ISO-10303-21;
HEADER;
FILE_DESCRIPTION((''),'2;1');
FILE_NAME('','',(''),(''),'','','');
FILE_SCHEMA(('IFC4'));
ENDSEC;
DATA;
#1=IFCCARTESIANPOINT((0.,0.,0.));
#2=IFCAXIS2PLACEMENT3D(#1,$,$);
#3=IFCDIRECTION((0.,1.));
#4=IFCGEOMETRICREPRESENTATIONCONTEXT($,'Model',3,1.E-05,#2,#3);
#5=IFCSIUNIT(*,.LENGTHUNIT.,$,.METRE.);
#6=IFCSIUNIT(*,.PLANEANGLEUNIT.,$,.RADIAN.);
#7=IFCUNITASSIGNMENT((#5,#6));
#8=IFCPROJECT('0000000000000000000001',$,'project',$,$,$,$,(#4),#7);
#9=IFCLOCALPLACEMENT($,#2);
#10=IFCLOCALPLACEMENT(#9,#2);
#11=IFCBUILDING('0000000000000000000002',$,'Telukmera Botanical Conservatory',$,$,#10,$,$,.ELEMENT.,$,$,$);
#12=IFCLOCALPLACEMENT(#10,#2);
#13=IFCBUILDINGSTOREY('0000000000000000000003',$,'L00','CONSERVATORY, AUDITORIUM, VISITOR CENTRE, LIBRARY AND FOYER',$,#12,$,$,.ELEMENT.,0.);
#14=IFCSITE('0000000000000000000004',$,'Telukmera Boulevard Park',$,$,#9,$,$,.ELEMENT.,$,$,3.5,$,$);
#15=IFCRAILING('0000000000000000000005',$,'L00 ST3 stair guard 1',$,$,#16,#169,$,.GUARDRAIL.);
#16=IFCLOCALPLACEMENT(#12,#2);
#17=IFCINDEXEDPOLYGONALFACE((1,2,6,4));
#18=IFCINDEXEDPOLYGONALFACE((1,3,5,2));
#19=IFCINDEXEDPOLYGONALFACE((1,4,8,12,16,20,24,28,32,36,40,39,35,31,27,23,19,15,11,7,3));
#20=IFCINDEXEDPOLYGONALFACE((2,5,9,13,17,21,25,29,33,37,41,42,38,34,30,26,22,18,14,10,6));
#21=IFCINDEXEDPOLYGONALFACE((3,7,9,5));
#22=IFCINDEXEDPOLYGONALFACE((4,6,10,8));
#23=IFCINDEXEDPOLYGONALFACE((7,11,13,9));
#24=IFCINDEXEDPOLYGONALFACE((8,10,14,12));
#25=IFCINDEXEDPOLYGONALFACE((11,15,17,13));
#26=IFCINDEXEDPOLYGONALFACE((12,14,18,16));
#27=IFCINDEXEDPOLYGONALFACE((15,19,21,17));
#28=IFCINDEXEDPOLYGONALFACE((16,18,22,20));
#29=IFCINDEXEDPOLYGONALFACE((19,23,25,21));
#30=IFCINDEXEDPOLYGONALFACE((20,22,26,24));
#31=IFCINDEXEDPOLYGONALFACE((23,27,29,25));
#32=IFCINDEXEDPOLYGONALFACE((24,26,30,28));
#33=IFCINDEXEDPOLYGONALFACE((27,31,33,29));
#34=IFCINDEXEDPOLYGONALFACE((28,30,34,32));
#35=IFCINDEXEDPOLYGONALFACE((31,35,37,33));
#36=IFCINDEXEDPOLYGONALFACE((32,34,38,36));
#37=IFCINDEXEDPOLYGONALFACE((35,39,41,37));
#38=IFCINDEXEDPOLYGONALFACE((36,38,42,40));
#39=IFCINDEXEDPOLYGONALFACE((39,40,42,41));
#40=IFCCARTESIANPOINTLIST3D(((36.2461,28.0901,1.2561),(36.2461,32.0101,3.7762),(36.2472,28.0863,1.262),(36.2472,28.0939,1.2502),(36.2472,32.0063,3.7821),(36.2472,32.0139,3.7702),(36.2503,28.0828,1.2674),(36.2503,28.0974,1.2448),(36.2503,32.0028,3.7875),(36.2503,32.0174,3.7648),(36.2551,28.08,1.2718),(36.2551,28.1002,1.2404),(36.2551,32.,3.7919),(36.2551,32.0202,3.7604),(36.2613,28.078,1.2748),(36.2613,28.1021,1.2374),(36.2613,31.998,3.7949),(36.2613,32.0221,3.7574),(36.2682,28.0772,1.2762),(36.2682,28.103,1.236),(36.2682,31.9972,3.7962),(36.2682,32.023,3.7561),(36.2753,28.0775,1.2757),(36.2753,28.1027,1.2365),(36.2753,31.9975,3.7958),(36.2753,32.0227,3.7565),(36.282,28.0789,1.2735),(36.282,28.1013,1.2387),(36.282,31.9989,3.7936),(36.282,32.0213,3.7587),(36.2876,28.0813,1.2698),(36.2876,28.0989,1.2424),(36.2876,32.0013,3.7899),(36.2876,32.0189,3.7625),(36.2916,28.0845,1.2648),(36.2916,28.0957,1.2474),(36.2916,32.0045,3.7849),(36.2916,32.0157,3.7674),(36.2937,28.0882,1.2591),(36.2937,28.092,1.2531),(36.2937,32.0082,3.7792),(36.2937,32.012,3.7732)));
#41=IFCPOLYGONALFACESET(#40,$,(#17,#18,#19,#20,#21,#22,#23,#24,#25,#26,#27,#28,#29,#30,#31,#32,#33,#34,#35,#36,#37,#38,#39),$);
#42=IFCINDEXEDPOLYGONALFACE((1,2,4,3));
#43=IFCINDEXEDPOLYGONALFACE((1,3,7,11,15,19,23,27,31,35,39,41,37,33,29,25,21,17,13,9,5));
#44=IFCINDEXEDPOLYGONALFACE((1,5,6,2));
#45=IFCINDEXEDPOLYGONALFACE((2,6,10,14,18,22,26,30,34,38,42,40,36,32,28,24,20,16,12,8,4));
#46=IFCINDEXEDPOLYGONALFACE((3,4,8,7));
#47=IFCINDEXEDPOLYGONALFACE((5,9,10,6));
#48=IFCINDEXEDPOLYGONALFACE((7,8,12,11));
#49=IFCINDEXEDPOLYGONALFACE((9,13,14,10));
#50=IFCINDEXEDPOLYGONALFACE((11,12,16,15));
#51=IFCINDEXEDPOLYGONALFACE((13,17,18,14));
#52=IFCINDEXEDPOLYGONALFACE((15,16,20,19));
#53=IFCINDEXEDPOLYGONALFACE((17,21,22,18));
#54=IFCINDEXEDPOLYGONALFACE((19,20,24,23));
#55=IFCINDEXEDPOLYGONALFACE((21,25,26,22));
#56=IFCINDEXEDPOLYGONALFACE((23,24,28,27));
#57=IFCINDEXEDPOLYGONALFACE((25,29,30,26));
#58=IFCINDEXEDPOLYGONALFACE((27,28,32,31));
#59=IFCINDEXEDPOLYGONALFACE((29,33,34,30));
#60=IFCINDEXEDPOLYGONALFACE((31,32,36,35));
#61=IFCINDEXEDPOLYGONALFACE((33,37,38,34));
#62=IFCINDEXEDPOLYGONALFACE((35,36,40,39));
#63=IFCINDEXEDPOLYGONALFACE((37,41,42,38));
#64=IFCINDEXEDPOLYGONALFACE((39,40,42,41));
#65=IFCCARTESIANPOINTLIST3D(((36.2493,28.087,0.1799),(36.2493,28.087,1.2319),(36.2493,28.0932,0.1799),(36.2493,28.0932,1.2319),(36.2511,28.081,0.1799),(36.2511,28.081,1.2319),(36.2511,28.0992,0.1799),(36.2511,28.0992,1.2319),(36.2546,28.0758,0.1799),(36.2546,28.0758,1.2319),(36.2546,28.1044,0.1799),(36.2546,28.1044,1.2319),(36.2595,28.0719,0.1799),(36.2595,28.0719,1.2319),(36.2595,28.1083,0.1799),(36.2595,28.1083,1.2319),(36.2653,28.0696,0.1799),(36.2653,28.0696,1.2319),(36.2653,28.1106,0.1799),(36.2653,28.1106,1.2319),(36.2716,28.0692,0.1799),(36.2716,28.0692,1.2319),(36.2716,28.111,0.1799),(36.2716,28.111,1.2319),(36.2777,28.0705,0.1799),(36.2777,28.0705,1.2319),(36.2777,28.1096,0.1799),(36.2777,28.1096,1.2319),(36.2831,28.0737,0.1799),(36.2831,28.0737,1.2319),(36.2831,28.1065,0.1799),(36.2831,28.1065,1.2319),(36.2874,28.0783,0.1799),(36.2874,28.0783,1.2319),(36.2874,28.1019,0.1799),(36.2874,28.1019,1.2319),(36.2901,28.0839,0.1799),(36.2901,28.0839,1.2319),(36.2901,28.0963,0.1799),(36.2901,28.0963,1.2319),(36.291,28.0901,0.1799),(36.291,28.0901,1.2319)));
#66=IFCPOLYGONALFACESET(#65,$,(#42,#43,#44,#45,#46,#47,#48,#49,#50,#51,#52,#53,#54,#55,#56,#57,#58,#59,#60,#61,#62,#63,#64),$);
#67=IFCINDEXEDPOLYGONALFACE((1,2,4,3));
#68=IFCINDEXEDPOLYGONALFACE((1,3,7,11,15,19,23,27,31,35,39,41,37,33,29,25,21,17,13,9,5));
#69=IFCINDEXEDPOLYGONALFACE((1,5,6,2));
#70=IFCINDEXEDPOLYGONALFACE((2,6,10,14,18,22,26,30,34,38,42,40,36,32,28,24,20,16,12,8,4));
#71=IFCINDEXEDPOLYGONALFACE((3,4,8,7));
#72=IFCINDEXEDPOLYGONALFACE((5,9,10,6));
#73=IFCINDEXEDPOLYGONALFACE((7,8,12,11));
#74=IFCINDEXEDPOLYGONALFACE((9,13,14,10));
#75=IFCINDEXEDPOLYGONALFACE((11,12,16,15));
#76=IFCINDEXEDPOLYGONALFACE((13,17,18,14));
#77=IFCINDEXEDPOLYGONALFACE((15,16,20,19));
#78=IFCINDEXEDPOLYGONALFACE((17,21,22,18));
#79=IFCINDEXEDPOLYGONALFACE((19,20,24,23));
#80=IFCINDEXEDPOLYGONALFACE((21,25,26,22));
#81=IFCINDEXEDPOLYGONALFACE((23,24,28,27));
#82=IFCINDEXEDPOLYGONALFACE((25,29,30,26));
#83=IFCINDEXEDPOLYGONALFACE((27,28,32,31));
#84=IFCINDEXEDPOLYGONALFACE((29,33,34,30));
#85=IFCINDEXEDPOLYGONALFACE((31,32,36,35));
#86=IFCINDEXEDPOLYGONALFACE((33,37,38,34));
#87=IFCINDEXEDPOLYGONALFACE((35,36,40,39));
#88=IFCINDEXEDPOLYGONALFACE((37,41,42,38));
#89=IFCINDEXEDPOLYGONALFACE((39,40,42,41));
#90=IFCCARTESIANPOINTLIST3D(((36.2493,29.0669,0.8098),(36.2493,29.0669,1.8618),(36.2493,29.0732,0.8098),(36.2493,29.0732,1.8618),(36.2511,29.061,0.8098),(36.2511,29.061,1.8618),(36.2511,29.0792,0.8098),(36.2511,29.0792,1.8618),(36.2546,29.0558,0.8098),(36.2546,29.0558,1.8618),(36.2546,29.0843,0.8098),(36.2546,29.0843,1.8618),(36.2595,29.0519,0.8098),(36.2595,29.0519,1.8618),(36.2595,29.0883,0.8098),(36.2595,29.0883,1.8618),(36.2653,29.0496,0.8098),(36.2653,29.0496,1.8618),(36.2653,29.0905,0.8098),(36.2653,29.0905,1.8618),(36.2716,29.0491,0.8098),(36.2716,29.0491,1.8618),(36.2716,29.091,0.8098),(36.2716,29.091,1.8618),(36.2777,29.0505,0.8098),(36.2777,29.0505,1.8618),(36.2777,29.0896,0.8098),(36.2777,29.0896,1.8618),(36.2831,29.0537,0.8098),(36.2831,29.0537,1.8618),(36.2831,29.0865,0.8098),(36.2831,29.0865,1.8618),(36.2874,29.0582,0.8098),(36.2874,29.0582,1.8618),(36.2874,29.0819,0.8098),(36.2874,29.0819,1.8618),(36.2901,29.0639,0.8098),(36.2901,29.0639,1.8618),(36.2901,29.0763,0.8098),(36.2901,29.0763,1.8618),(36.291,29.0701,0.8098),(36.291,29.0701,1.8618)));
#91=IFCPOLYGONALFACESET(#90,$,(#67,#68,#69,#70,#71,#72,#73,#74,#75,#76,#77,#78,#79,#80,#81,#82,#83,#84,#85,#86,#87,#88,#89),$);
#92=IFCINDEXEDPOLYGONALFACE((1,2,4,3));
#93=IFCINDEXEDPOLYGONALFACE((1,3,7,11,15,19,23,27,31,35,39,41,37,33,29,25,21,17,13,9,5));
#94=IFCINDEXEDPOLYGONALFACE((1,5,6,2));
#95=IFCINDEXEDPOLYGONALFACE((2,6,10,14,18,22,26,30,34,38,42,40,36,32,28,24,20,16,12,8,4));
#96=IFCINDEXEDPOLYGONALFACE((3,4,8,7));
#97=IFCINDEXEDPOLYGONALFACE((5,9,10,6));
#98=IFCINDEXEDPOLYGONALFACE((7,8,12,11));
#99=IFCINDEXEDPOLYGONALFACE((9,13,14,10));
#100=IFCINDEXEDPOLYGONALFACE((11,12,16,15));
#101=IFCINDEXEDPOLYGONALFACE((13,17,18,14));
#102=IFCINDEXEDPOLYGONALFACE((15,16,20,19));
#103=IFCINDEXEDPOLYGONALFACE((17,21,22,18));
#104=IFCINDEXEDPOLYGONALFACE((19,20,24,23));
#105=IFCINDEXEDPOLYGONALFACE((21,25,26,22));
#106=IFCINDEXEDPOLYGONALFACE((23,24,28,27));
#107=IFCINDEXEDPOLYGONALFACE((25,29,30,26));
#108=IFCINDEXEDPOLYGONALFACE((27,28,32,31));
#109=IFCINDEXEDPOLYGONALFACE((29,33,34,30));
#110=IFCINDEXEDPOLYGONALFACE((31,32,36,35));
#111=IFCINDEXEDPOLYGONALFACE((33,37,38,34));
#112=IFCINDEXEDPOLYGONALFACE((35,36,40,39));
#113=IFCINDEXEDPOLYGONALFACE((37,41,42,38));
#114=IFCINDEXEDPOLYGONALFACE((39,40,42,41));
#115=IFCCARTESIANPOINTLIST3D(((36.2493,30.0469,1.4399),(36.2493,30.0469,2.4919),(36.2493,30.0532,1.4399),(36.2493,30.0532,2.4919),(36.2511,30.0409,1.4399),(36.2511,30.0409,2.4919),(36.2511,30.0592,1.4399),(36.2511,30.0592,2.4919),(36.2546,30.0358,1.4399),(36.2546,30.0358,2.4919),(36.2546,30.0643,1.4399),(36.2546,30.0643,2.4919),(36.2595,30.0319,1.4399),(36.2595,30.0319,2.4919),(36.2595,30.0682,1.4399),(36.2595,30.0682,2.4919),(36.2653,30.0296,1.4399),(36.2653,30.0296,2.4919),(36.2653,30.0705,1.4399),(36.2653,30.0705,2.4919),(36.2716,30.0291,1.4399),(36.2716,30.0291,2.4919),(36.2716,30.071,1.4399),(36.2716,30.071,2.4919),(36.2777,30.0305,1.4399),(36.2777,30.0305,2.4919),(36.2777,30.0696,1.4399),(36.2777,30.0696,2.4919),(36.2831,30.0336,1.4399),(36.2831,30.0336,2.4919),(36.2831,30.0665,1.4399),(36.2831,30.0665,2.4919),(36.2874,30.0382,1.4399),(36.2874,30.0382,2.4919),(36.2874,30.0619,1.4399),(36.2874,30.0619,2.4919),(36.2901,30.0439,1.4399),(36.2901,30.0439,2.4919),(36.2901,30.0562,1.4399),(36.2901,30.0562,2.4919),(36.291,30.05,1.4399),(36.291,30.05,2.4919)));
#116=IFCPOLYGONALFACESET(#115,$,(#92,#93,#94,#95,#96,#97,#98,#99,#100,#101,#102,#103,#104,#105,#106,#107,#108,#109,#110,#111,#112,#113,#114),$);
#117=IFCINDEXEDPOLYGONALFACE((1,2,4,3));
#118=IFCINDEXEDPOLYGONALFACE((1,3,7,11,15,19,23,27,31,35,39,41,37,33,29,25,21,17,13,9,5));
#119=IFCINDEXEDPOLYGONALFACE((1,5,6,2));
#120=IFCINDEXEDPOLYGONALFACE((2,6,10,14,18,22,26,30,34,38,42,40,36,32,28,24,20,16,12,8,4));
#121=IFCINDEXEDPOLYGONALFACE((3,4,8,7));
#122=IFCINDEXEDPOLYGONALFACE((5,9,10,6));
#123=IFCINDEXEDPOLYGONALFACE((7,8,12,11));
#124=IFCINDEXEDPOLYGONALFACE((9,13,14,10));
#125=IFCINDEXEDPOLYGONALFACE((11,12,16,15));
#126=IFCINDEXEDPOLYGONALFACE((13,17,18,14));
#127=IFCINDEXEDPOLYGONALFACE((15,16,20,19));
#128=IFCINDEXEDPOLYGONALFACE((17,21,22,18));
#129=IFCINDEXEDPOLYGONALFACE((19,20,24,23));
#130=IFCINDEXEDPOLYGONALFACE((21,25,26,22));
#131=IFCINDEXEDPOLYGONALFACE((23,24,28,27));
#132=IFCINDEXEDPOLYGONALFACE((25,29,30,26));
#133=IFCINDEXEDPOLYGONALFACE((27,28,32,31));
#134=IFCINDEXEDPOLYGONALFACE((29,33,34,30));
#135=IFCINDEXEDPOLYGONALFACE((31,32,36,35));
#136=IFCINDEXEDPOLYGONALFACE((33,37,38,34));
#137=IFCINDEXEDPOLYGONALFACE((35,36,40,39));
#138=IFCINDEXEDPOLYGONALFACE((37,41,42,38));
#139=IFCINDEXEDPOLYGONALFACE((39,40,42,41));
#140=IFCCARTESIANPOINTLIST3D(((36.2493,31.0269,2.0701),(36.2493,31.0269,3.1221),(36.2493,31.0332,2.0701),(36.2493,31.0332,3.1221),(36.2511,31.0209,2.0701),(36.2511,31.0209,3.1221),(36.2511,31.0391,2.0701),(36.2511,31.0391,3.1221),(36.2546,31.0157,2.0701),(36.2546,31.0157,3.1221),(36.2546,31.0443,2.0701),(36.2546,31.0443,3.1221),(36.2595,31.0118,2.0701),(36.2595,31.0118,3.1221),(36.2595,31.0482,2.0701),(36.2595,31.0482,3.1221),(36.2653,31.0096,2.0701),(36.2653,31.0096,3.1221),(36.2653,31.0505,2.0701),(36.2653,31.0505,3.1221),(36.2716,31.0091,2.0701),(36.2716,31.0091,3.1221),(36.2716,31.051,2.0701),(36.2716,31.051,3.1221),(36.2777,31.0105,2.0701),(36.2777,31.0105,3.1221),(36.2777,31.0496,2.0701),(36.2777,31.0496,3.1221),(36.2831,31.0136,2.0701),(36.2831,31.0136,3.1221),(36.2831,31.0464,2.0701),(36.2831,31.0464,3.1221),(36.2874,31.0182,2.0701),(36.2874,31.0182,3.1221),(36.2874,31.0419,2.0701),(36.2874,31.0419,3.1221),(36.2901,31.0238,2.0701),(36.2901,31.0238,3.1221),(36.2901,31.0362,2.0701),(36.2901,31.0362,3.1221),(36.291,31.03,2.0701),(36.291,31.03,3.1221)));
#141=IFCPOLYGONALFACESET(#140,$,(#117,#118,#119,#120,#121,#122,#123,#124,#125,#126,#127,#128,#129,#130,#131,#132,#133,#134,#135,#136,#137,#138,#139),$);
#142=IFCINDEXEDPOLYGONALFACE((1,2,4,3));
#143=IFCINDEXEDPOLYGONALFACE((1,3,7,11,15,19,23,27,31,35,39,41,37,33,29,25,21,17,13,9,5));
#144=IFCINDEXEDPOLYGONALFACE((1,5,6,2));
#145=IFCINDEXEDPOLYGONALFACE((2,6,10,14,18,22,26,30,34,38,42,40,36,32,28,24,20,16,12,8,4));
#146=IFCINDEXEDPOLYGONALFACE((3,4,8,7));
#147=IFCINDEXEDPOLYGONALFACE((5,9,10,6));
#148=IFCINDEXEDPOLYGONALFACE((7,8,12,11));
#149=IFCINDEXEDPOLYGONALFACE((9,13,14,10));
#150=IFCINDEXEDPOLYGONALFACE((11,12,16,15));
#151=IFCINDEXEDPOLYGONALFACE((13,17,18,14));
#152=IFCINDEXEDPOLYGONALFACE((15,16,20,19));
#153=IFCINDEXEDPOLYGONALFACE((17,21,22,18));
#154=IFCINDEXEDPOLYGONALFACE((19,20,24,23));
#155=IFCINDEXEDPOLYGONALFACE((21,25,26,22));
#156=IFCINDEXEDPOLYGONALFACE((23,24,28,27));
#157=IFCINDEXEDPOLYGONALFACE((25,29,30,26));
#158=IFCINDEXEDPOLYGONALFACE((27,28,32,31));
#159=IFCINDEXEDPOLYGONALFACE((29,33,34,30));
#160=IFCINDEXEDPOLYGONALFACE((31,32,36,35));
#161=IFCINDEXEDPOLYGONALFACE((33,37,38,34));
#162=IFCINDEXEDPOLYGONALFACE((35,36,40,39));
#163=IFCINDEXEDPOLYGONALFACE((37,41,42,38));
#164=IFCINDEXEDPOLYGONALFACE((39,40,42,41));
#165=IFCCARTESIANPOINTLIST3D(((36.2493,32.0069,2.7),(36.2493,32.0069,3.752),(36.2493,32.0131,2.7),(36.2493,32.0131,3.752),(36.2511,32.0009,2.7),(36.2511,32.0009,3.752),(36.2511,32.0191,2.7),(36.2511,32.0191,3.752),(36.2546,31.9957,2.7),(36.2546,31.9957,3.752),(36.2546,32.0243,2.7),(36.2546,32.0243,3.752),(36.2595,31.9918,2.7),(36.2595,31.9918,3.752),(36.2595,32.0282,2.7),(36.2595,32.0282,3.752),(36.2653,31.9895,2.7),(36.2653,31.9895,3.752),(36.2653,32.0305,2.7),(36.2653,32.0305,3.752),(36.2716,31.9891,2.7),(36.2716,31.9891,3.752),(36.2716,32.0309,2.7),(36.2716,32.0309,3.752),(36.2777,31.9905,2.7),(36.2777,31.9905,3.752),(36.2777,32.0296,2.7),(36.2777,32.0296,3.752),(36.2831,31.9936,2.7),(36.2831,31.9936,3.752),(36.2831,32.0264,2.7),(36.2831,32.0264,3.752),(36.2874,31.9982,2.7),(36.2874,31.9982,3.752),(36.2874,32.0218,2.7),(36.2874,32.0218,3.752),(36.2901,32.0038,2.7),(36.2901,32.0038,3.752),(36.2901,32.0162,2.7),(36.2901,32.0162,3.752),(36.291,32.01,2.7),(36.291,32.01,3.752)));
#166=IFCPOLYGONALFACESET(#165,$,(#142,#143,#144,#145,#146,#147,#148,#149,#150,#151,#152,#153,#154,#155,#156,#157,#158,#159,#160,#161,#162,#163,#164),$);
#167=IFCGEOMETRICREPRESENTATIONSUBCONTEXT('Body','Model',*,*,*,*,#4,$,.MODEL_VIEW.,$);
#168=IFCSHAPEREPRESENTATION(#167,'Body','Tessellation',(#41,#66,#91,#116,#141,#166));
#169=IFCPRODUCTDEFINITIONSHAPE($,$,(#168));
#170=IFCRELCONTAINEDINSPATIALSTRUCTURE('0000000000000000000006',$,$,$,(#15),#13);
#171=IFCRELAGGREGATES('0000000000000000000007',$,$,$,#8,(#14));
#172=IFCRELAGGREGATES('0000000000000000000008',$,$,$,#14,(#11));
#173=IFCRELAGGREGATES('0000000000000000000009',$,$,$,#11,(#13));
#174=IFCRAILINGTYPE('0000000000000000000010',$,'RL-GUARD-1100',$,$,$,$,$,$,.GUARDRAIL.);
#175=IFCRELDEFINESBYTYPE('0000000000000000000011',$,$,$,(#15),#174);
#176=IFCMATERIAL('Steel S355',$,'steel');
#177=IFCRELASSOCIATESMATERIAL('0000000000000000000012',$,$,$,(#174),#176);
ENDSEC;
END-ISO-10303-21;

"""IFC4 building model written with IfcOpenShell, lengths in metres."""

from ifc_helpers import new_model, si_unit, direction, frame, origin, origin_2d, place, context, subcontext, project, spatial, circle, extrude, material, type_object, element, save


model = new_model("IFC4")

# Units and contexts
model_context = context("Model", 3, precision=1e-05, world=origin(), true_north=direction((0.0, 1.0)))
body_context = subcontext(model_context, "Body", "Model", "MODEL_VIEW")
ifc_project = project(units=[si_unit("LENGTHUNIT", "METRE"), si_unit("PLANEANGLEUNIT", "RADIAN")], contexts=[model_context])

# Site, building, storey
site_placement = place(None, origin())
site = spatial("IfcSite", under=ifc_project, at=site_placement, Name="Telukmera Boulevard Park", CompositionType="ELEMENT", RefElevation=3.5)
building_placement = place(site_placement, origin())
building = spatial("IfcBuilding", under=site, at=building_placement, Name="Telukmera Botanical Conservatory", CompositionType="ELEMENT")
storey_placement = place(building_placement, origin())
storey = spatial("IfcBuildingStorey", under=building, at=storey_placement, Name="L00", Description="CONSERVATORY, AUDITORIUM, VISITOR CENTRE, LIBRARY AND FOYER", CompositionType="ELEMENT", Elevation=0.0)

# Railing
ifc_material_1 = material(Name="Steel S355", Category="steel")
railing_type_1 = type_object("IfcRailingType", Name="RL-GUARD-1100", PredefinedType="GUARDRAIL", material=ifc_material_1)
railing_1_placement = place(storey_placement, frame((36.27, 28.0901, 0.1799)))
element("IfcRailing", 1, at=railing_1_placement, inside=storey, type_object=railing_type_1, Name="L00 ST3 stair guard 1", PredefinedType="GUARDRAIL", context=body_context, shape_type="SweptSolid", body=[
    extrude(circle(Radius=0.0239, at=origin_2d()), frame((0.0, 0.0, 1.0762), z_axis=(0.0, 0.841172, 0.540768), x_axis=(-1.0, 0.0, 0.0)), (0.0, 0.0, 1.0), 4.6602),
    extrude(circle(Radius=0.021, at=origin_2d()), origin(), (0.0, 0.0, 1.0), 1.052),
    extrude(circle(Radius=0.021, at=origin_2d()), frame((0.0, 0.98, 0.6299)), (0.0, 0.0, 1.0), 1.052),
    extrude(circle(Radius=0.021, at=origin_2d()), frame((0.0, 1.96, 1.26)), (0.0, 0.0, 1.0), 1.052),
    extrude(circle(Radius=0.021, at=origin_2d()), frame((0.0, 2.9399, 1.8901)), (0.0, 0.0, 1.0), 1.052),
    extrude(circle(Radius=0.021, at=origin_2d()), frame((0.0, 3.9199, 2.52)), (0.0, 0.0, 1.0), 1.052),
])

save(model, "model.ifc")
